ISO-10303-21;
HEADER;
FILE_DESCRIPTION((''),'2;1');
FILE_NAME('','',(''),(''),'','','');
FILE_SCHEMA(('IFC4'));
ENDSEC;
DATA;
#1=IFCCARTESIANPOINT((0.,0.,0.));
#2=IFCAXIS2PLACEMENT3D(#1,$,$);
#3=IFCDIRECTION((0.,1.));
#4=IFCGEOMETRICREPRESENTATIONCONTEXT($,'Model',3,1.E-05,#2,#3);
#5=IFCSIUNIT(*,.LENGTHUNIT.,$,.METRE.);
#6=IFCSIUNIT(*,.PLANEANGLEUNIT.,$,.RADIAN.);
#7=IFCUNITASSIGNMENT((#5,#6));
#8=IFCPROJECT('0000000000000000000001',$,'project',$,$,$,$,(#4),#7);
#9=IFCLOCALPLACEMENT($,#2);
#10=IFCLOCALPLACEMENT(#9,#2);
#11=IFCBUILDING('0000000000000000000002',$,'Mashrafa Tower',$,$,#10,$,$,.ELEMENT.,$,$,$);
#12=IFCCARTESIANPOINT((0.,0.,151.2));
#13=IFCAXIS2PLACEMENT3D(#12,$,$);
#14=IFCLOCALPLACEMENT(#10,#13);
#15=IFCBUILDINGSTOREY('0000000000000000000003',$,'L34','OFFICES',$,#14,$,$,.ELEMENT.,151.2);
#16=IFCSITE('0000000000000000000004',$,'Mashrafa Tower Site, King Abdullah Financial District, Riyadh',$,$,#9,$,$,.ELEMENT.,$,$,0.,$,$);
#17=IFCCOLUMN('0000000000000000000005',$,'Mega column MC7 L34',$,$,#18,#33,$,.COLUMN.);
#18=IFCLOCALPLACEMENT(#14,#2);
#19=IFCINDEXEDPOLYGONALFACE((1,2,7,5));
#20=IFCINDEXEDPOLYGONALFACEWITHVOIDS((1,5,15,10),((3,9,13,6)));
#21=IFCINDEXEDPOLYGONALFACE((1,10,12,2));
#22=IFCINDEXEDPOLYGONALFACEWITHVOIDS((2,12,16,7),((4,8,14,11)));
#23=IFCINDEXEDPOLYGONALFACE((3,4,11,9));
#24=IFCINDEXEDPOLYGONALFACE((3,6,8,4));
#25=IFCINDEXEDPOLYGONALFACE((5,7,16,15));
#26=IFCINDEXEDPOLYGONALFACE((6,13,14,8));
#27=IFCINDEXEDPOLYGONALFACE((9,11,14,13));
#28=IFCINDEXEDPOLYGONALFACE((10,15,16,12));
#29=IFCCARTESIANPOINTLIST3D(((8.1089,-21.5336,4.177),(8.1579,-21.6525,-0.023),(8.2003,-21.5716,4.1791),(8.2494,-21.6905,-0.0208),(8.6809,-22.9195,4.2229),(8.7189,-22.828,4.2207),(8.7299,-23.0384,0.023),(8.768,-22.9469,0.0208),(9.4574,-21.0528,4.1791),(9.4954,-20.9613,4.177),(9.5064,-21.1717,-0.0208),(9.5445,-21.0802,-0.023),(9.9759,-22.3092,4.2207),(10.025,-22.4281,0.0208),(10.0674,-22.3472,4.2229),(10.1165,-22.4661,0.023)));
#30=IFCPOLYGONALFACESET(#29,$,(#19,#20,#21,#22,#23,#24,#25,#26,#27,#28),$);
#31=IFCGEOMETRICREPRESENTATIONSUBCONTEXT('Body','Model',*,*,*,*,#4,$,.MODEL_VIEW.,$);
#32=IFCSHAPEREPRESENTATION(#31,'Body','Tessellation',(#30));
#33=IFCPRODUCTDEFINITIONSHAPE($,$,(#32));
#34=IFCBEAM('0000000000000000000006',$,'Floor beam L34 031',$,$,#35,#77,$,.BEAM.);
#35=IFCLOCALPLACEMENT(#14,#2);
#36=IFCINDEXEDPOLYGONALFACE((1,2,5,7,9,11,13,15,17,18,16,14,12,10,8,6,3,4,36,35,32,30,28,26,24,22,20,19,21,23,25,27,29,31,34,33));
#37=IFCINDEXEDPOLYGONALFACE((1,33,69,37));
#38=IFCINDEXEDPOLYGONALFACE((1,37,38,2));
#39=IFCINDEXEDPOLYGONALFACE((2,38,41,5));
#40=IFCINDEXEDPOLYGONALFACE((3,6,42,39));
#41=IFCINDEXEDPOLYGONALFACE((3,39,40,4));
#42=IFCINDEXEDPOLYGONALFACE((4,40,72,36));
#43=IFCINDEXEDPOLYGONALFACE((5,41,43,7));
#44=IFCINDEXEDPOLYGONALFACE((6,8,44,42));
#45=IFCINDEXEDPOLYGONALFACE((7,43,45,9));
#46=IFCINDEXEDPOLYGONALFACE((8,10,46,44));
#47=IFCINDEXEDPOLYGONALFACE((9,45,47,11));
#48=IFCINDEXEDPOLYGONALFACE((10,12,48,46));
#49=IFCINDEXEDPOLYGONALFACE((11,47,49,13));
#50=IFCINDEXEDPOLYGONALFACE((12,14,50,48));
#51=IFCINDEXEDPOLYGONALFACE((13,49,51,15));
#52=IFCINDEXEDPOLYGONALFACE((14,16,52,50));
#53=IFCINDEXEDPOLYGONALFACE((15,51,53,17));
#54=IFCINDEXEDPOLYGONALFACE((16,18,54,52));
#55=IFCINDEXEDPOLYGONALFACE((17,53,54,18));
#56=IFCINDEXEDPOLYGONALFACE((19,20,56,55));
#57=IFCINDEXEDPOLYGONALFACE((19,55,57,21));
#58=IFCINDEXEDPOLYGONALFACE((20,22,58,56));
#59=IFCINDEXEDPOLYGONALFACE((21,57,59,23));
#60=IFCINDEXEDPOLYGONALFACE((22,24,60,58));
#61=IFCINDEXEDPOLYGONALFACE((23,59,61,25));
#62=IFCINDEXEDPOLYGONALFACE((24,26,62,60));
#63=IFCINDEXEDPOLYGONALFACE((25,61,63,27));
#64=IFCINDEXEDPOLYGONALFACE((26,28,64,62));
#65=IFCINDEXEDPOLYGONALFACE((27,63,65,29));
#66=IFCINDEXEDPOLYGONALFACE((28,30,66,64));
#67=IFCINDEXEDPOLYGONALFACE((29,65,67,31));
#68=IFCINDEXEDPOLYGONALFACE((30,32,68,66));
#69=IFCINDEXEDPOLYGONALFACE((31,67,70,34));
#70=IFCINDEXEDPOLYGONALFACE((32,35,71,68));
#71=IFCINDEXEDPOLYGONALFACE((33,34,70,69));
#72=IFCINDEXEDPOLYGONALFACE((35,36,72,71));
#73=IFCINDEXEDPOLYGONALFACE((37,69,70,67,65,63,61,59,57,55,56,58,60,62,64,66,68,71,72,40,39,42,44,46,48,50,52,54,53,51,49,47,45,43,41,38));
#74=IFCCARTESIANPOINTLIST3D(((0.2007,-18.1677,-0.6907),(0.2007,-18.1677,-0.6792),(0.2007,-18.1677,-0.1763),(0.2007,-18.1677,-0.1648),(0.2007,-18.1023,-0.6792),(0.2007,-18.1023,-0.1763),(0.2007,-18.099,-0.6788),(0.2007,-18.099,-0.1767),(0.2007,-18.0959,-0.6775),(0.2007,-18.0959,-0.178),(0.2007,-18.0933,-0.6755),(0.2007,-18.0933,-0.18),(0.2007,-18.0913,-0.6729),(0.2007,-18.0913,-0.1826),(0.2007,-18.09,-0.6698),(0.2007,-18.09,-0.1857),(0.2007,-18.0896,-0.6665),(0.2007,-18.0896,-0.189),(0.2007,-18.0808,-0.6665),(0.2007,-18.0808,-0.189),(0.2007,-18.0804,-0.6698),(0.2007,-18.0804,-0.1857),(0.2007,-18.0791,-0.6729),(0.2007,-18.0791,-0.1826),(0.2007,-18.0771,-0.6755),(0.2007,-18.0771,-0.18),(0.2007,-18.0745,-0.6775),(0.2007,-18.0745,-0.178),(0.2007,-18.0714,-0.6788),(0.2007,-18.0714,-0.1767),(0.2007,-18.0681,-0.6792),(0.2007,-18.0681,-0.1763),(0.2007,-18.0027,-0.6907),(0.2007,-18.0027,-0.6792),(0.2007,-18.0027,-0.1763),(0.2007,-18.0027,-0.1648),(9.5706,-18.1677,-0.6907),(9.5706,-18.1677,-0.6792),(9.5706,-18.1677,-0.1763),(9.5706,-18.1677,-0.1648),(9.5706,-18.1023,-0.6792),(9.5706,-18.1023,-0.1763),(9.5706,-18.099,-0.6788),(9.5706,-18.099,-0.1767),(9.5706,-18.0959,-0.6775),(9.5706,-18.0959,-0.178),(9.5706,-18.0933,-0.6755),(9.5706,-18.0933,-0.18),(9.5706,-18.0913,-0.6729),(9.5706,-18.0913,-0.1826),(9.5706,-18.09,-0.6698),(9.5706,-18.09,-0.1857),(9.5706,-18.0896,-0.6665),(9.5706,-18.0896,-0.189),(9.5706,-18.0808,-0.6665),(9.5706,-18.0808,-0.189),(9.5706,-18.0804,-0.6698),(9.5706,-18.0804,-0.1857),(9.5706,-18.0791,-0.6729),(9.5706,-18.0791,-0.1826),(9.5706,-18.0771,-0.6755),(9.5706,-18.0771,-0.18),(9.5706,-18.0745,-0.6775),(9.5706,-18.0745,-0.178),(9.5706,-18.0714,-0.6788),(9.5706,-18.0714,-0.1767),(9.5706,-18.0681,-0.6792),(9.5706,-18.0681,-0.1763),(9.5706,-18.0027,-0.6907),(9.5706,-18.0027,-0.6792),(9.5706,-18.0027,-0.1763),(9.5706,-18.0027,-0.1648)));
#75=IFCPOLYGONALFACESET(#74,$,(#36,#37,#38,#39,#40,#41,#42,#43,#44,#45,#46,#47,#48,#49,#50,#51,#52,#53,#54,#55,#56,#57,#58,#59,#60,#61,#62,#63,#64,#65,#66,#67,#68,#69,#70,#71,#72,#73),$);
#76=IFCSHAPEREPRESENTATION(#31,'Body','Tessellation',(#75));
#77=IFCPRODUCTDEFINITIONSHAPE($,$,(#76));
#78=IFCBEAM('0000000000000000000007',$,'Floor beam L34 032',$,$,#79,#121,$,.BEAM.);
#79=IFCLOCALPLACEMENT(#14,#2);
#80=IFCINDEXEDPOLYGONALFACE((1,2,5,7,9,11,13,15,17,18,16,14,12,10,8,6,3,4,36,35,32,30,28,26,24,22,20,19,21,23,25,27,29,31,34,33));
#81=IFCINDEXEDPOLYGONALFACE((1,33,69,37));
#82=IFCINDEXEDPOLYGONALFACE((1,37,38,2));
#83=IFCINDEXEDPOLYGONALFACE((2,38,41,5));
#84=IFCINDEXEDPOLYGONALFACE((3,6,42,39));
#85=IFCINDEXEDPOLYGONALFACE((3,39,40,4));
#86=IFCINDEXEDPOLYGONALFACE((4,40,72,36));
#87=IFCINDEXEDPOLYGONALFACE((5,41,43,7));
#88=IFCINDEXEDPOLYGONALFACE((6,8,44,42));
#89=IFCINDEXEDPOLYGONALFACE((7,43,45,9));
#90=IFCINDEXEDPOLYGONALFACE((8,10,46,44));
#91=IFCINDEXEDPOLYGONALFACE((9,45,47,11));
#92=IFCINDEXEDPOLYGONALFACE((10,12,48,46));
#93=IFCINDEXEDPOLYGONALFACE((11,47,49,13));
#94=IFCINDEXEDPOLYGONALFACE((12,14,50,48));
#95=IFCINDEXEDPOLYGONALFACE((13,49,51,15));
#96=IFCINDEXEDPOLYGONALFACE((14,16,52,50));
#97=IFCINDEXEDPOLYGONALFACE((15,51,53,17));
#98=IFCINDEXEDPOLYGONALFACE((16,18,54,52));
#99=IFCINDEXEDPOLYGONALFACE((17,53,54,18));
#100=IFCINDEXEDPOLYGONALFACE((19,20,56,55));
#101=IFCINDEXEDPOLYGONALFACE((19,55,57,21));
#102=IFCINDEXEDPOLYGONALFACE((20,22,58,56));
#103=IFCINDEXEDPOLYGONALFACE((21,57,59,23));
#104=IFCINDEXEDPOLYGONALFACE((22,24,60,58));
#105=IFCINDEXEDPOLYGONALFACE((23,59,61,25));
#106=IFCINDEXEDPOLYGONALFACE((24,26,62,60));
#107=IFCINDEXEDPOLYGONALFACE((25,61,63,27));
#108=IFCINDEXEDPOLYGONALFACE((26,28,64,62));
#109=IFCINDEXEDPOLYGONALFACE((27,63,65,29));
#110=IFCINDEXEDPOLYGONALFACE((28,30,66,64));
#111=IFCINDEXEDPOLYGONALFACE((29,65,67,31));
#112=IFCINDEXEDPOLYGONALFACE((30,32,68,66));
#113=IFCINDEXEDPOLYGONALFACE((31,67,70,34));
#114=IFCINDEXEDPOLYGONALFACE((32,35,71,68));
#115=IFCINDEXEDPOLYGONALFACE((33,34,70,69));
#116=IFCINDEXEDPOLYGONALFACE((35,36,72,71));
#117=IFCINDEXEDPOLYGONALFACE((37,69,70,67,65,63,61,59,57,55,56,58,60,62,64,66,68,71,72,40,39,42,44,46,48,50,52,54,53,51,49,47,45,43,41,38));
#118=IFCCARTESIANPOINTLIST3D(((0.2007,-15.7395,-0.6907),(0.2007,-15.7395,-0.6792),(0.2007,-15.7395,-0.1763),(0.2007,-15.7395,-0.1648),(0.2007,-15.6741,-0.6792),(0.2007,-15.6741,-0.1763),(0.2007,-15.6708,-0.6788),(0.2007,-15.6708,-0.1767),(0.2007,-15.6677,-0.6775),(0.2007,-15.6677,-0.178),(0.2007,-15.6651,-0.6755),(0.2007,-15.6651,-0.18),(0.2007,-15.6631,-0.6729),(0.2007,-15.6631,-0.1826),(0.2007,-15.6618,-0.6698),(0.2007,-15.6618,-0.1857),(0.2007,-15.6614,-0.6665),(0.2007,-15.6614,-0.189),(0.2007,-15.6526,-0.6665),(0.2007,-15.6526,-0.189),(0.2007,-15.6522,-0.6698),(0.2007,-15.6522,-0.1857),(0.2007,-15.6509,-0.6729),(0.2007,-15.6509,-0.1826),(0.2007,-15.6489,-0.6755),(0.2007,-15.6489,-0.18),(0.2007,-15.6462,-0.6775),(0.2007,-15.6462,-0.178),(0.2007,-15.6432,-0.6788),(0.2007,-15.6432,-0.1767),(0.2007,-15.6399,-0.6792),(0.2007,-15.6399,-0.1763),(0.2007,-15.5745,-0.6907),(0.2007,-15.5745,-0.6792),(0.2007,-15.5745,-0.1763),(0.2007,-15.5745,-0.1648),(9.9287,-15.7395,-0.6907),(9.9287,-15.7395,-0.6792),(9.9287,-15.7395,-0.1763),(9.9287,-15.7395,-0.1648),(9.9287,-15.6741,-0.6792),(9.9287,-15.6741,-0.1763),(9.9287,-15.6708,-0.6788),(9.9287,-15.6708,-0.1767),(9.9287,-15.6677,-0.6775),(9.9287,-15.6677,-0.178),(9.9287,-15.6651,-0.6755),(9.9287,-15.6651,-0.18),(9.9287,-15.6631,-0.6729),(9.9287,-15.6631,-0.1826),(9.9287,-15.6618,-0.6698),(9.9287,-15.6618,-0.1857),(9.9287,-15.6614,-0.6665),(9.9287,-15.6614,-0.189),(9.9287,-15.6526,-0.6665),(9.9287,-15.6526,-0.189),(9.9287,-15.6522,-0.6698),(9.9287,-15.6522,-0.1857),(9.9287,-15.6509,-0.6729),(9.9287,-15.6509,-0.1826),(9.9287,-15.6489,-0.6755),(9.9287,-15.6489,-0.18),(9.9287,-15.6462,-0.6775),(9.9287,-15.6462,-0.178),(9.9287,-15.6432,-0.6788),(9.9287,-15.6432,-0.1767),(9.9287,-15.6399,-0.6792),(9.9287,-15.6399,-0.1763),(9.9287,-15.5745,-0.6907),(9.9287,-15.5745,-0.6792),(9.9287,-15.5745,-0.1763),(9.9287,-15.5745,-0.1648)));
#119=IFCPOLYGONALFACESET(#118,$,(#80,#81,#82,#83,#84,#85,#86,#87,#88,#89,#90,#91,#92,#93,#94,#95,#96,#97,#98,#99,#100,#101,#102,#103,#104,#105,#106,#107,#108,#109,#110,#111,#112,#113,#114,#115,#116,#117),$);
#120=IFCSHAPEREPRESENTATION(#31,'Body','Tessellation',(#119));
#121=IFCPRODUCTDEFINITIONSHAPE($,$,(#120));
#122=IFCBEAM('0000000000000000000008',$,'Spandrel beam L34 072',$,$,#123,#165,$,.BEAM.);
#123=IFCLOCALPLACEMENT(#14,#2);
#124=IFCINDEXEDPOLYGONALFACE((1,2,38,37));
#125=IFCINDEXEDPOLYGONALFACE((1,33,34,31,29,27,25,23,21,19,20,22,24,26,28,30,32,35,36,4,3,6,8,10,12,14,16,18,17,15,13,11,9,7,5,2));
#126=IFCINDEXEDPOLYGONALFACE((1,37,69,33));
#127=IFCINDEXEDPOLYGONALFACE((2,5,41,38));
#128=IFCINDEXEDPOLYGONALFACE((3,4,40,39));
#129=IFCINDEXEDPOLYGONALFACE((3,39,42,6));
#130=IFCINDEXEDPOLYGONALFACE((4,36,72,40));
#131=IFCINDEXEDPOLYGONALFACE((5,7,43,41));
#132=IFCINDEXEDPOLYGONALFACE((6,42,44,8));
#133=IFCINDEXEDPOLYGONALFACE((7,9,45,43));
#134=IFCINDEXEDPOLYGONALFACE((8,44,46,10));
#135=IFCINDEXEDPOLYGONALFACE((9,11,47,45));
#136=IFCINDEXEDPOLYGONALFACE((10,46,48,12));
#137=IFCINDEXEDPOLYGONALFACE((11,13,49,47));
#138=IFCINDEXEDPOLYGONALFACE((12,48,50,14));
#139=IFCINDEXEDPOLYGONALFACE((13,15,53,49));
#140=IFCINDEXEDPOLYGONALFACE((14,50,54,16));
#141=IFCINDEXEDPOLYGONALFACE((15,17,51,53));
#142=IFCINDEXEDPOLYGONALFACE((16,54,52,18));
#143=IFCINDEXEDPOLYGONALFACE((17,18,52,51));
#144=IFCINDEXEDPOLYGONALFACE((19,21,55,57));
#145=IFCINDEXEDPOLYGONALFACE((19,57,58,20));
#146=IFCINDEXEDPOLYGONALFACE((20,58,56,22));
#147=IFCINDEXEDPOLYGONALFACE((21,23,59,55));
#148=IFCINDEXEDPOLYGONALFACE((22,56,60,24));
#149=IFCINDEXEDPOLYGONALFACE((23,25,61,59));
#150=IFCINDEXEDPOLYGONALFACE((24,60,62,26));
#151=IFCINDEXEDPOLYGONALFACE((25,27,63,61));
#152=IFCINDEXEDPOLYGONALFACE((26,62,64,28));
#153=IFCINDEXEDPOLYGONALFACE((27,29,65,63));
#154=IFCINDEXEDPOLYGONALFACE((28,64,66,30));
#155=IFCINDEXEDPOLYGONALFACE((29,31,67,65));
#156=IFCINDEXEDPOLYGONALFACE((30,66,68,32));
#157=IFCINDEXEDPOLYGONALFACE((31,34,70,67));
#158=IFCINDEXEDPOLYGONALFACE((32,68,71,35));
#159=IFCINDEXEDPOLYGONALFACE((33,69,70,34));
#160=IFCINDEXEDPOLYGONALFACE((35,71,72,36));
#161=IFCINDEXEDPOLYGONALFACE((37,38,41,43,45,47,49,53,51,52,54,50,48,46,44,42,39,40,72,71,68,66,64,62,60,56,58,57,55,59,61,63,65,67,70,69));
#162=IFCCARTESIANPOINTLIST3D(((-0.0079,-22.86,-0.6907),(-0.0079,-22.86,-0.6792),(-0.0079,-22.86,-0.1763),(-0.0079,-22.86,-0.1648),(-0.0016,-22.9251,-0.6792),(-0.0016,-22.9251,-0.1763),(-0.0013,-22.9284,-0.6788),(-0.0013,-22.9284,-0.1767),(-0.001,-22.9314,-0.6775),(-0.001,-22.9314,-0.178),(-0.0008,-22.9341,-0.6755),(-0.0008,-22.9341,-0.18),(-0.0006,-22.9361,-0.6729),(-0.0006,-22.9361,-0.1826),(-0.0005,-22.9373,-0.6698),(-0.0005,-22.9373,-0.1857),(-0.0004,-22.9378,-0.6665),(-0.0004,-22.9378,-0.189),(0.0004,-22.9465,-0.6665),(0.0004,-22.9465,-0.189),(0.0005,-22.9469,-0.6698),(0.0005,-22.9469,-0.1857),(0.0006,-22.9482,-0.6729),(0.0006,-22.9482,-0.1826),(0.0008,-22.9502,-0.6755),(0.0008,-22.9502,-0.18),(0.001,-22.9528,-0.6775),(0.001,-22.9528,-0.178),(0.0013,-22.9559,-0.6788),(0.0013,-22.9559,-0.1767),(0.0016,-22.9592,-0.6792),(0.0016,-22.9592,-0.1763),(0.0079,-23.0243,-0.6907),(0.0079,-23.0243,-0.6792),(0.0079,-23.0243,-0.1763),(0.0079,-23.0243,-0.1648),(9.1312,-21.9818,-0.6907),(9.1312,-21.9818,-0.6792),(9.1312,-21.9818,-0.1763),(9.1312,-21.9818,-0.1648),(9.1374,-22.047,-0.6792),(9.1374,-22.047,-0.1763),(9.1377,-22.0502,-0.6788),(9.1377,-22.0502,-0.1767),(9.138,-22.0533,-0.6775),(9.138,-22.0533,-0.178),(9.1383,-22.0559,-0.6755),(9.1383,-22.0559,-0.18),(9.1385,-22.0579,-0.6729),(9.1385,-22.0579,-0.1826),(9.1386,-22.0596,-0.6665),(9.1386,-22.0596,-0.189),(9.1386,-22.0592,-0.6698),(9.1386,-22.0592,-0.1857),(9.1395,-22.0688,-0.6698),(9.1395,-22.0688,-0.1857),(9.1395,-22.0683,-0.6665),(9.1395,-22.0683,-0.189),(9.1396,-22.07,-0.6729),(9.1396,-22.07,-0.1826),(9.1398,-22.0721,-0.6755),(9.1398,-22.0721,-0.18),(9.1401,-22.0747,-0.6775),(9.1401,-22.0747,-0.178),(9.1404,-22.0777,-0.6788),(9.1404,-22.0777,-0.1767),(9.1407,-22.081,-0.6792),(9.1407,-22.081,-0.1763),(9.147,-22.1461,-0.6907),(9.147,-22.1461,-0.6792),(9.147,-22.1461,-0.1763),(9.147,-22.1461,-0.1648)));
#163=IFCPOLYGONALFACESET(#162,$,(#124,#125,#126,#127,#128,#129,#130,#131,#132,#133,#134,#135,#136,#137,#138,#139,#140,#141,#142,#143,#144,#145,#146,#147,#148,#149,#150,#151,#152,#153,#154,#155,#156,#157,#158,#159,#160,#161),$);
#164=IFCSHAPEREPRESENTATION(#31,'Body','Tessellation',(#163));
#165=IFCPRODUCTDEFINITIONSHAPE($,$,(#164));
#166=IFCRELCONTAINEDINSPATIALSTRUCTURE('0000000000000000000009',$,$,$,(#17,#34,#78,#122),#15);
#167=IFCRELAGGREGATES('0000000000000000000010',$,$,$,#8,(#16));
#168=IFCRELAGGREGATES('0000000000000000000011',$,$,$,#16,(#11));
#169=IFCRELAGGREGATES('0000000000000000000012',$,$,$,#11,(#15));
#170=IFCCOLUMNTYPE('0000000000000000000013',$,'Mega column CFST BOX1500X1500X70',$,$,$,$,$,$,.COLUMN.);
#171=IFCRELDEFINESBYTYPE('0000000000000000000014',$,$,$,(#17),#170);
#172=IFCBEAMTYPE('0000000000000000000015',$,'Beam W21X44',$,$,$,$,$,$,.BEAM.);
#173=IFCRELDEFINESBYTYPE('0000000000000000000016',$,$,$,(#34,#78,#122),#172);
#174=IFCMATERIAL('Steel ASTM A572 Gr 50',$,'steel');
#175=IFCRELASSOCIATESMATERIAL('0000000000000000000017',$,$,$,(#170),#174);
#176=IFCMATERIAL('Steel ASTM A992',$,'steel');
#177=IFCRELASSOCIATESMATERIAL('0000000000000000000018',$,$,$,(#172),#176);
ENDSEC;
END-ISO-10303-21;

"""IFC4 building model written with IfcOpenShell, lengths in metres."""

from ifc_helpers import new_model, si_unit, direction, frame, origin, origin_2d, place, context, subcontext, project, spatial, hollow_rectangle, i_section, extrude, material, material_profile, profile_set, type_object, element, save


model = new_model("IFC4")

# Units and contexts
model_context = context("Model", 3, precision=1e-05, world=origin(), true_north=direction((0.0, 1.0)))
body_context = subcontext(model_context, "Body", "Model", "MODEL_VIEW")
ifc_project = project(units=[si_unit("LENGTHUNIT", "METRE"), si_unit("PLANEANGLEUNIT", "RADIAN")], contexts=[model_context])

# Site, building, storey
site_placement = place(None, origin())
site = spatial("IfcSite", under=ifc_project, at=site_placement, Name="Mashrafa Tower Site, King Abdullah Financial District, Riyadh", CompositionType="ELEMENT", RefElevation=0.0)
building_placement = place(site_placement, origin())
building = spatial("IfcBuilding", under=site, at=building_placement, Name="Mashrafa Tower", CompositionType="ELEMENT")
storey_placement = place(building_placement, frame((0.0, 0.0, 151.2)))
storey = spatial("IfcBuildingStorey", under=building, at=storey_placement, Name="L34", Description="OFFICES", CompositionType="ELEMENT", Elevation=151.2)

# Column
ifc_material_1 = material(Name="Steel ASTM A572 Gr 50", Category="steel")
ifc_material_profile_1 = material_profile(ifc_material_1, hollow_rectangle(XDim=1.5, YDim=1.5, WallThickness=0.0701, at=origin_2d()), Name="BOX1500X1500X70")
ifc_profile_set_1 = profile_set([ifc_material_profile_1], Name="Steel ASTM A572 Gr 50")
column_type = type_object("IfcColumnType", Name="Mega column CFST BOX1500X1500X70", PredefinedType="COLUMN", material=ifc_profile_set_1)
column_placement = place(storey_placement, frame((9.1372, -22.0593, 0.0), z_axis=(-0.011679, 0.028296, 0.999531), x_axis=(-0.924363, -0.381513, 0.0)))
element("IfcColumn", 1, at=column_placement, inside=storey, type_object=column_type, Name="Mega column MC7 L34", PredefinedType="COLUMN", context=body_context, shape_type="SweptSolid", body=[
    extrude(hollow_rectangle(XDim=1.5, YDim=1.5, WallThickness=0.0701, at=origin_2d()), origin(), (0.0, 0.0, 1.0), 4.2019),
])

# Beams
ifc_material_2 = material(Name="Steel ASTM A992", Category="steel")
ifc_material_profile_2 = material_profile(ifc_material_2, i_section(OverallWidth=0.165, OverallDepth=0.5259, WebThickness=0.0088, FlangeThickness=0.0115, FilletRadius=0.0127, at=origin_2d()), Name="W21X44")
ifc_profile_set_2 = profile_set([ifc_material_profile_2], Name="Steel ASTM A992")
beam_type_1 = type_object("IfcBeamType", Name="Beam W21X44", PredefinedType="BEAM", material=ifc_profile_set_2)
beam_1_placement = place(storey_placement, frame((9.5706, -18.0852, -0.4277), z_axis=(-1.0, 0.0, 0.0), x_axis=(0.0, -1.0, 0.0)))
element("IfcBeam", 2, at=beam_1_placement, inside=storey, type_object=beam_type_1, Name="Floor beam L34 031", PredefinedType="BEAM", context=body_context, shape_type="SweptSolid", body=[
    extrude(i_section(OverallWidth=0.165, OverallDepth=0.5259, WebThickness=0.0088, FlangeThickness=0.0115, FilletRadius=0.0127, at=origin_2d()), origin(), (0.0, 0.0, 1.0), 9.3699),
])
beam_2_placement = place(storey_placement, frame((9.9287, -15.657, -0.4277), z_axis=(-1.0, 0.0, 0.0), x_axis=(0.0, -1.0, 0.0)))
element("IfcBeam", 3, at=beam_2_placement, inside=storey, type_object=beam_type_1, Name="Floor beam L34 032", PredefinedType="BEAM", context=body_context, shape_type="SweptSolid", body=[
    extrude(i_section(OverallWidth=0.165, OverallDepth=0.5259, WebThickness=0.0088, FlangeThickness=0.0115, FilletRadius=0.0127, at=origin_2d()), origin(), (0.0, 0.0, 1.0), 9.728),
])
beam_3_placement = place(storey_placement, frame((0.0, -22.9421, -0.4277), z_axis=(0.995415, 0.095649, 0.0), x_axis=(-0.095649, 0.995415, 0.0)))
element("IfcBeam", 4, at=beam_3_placement, inside=storey, type_object=beam_type_1, Name="Spandrel beam L34 072", PredefinedType="BEAM", context=body_context, shape_type="SweptSolid", body=[
    extrude(i_section(OverallWidth=0.165, OverallDepth=0.5259, WebThickness=0.0088, FlangeThickness=0.0115, FilletRadius=0.0127, at=origin_2d()), origin(), (0.0, 0.0, 1.0), 9.1812),
])

save(model, "model.ifc")
